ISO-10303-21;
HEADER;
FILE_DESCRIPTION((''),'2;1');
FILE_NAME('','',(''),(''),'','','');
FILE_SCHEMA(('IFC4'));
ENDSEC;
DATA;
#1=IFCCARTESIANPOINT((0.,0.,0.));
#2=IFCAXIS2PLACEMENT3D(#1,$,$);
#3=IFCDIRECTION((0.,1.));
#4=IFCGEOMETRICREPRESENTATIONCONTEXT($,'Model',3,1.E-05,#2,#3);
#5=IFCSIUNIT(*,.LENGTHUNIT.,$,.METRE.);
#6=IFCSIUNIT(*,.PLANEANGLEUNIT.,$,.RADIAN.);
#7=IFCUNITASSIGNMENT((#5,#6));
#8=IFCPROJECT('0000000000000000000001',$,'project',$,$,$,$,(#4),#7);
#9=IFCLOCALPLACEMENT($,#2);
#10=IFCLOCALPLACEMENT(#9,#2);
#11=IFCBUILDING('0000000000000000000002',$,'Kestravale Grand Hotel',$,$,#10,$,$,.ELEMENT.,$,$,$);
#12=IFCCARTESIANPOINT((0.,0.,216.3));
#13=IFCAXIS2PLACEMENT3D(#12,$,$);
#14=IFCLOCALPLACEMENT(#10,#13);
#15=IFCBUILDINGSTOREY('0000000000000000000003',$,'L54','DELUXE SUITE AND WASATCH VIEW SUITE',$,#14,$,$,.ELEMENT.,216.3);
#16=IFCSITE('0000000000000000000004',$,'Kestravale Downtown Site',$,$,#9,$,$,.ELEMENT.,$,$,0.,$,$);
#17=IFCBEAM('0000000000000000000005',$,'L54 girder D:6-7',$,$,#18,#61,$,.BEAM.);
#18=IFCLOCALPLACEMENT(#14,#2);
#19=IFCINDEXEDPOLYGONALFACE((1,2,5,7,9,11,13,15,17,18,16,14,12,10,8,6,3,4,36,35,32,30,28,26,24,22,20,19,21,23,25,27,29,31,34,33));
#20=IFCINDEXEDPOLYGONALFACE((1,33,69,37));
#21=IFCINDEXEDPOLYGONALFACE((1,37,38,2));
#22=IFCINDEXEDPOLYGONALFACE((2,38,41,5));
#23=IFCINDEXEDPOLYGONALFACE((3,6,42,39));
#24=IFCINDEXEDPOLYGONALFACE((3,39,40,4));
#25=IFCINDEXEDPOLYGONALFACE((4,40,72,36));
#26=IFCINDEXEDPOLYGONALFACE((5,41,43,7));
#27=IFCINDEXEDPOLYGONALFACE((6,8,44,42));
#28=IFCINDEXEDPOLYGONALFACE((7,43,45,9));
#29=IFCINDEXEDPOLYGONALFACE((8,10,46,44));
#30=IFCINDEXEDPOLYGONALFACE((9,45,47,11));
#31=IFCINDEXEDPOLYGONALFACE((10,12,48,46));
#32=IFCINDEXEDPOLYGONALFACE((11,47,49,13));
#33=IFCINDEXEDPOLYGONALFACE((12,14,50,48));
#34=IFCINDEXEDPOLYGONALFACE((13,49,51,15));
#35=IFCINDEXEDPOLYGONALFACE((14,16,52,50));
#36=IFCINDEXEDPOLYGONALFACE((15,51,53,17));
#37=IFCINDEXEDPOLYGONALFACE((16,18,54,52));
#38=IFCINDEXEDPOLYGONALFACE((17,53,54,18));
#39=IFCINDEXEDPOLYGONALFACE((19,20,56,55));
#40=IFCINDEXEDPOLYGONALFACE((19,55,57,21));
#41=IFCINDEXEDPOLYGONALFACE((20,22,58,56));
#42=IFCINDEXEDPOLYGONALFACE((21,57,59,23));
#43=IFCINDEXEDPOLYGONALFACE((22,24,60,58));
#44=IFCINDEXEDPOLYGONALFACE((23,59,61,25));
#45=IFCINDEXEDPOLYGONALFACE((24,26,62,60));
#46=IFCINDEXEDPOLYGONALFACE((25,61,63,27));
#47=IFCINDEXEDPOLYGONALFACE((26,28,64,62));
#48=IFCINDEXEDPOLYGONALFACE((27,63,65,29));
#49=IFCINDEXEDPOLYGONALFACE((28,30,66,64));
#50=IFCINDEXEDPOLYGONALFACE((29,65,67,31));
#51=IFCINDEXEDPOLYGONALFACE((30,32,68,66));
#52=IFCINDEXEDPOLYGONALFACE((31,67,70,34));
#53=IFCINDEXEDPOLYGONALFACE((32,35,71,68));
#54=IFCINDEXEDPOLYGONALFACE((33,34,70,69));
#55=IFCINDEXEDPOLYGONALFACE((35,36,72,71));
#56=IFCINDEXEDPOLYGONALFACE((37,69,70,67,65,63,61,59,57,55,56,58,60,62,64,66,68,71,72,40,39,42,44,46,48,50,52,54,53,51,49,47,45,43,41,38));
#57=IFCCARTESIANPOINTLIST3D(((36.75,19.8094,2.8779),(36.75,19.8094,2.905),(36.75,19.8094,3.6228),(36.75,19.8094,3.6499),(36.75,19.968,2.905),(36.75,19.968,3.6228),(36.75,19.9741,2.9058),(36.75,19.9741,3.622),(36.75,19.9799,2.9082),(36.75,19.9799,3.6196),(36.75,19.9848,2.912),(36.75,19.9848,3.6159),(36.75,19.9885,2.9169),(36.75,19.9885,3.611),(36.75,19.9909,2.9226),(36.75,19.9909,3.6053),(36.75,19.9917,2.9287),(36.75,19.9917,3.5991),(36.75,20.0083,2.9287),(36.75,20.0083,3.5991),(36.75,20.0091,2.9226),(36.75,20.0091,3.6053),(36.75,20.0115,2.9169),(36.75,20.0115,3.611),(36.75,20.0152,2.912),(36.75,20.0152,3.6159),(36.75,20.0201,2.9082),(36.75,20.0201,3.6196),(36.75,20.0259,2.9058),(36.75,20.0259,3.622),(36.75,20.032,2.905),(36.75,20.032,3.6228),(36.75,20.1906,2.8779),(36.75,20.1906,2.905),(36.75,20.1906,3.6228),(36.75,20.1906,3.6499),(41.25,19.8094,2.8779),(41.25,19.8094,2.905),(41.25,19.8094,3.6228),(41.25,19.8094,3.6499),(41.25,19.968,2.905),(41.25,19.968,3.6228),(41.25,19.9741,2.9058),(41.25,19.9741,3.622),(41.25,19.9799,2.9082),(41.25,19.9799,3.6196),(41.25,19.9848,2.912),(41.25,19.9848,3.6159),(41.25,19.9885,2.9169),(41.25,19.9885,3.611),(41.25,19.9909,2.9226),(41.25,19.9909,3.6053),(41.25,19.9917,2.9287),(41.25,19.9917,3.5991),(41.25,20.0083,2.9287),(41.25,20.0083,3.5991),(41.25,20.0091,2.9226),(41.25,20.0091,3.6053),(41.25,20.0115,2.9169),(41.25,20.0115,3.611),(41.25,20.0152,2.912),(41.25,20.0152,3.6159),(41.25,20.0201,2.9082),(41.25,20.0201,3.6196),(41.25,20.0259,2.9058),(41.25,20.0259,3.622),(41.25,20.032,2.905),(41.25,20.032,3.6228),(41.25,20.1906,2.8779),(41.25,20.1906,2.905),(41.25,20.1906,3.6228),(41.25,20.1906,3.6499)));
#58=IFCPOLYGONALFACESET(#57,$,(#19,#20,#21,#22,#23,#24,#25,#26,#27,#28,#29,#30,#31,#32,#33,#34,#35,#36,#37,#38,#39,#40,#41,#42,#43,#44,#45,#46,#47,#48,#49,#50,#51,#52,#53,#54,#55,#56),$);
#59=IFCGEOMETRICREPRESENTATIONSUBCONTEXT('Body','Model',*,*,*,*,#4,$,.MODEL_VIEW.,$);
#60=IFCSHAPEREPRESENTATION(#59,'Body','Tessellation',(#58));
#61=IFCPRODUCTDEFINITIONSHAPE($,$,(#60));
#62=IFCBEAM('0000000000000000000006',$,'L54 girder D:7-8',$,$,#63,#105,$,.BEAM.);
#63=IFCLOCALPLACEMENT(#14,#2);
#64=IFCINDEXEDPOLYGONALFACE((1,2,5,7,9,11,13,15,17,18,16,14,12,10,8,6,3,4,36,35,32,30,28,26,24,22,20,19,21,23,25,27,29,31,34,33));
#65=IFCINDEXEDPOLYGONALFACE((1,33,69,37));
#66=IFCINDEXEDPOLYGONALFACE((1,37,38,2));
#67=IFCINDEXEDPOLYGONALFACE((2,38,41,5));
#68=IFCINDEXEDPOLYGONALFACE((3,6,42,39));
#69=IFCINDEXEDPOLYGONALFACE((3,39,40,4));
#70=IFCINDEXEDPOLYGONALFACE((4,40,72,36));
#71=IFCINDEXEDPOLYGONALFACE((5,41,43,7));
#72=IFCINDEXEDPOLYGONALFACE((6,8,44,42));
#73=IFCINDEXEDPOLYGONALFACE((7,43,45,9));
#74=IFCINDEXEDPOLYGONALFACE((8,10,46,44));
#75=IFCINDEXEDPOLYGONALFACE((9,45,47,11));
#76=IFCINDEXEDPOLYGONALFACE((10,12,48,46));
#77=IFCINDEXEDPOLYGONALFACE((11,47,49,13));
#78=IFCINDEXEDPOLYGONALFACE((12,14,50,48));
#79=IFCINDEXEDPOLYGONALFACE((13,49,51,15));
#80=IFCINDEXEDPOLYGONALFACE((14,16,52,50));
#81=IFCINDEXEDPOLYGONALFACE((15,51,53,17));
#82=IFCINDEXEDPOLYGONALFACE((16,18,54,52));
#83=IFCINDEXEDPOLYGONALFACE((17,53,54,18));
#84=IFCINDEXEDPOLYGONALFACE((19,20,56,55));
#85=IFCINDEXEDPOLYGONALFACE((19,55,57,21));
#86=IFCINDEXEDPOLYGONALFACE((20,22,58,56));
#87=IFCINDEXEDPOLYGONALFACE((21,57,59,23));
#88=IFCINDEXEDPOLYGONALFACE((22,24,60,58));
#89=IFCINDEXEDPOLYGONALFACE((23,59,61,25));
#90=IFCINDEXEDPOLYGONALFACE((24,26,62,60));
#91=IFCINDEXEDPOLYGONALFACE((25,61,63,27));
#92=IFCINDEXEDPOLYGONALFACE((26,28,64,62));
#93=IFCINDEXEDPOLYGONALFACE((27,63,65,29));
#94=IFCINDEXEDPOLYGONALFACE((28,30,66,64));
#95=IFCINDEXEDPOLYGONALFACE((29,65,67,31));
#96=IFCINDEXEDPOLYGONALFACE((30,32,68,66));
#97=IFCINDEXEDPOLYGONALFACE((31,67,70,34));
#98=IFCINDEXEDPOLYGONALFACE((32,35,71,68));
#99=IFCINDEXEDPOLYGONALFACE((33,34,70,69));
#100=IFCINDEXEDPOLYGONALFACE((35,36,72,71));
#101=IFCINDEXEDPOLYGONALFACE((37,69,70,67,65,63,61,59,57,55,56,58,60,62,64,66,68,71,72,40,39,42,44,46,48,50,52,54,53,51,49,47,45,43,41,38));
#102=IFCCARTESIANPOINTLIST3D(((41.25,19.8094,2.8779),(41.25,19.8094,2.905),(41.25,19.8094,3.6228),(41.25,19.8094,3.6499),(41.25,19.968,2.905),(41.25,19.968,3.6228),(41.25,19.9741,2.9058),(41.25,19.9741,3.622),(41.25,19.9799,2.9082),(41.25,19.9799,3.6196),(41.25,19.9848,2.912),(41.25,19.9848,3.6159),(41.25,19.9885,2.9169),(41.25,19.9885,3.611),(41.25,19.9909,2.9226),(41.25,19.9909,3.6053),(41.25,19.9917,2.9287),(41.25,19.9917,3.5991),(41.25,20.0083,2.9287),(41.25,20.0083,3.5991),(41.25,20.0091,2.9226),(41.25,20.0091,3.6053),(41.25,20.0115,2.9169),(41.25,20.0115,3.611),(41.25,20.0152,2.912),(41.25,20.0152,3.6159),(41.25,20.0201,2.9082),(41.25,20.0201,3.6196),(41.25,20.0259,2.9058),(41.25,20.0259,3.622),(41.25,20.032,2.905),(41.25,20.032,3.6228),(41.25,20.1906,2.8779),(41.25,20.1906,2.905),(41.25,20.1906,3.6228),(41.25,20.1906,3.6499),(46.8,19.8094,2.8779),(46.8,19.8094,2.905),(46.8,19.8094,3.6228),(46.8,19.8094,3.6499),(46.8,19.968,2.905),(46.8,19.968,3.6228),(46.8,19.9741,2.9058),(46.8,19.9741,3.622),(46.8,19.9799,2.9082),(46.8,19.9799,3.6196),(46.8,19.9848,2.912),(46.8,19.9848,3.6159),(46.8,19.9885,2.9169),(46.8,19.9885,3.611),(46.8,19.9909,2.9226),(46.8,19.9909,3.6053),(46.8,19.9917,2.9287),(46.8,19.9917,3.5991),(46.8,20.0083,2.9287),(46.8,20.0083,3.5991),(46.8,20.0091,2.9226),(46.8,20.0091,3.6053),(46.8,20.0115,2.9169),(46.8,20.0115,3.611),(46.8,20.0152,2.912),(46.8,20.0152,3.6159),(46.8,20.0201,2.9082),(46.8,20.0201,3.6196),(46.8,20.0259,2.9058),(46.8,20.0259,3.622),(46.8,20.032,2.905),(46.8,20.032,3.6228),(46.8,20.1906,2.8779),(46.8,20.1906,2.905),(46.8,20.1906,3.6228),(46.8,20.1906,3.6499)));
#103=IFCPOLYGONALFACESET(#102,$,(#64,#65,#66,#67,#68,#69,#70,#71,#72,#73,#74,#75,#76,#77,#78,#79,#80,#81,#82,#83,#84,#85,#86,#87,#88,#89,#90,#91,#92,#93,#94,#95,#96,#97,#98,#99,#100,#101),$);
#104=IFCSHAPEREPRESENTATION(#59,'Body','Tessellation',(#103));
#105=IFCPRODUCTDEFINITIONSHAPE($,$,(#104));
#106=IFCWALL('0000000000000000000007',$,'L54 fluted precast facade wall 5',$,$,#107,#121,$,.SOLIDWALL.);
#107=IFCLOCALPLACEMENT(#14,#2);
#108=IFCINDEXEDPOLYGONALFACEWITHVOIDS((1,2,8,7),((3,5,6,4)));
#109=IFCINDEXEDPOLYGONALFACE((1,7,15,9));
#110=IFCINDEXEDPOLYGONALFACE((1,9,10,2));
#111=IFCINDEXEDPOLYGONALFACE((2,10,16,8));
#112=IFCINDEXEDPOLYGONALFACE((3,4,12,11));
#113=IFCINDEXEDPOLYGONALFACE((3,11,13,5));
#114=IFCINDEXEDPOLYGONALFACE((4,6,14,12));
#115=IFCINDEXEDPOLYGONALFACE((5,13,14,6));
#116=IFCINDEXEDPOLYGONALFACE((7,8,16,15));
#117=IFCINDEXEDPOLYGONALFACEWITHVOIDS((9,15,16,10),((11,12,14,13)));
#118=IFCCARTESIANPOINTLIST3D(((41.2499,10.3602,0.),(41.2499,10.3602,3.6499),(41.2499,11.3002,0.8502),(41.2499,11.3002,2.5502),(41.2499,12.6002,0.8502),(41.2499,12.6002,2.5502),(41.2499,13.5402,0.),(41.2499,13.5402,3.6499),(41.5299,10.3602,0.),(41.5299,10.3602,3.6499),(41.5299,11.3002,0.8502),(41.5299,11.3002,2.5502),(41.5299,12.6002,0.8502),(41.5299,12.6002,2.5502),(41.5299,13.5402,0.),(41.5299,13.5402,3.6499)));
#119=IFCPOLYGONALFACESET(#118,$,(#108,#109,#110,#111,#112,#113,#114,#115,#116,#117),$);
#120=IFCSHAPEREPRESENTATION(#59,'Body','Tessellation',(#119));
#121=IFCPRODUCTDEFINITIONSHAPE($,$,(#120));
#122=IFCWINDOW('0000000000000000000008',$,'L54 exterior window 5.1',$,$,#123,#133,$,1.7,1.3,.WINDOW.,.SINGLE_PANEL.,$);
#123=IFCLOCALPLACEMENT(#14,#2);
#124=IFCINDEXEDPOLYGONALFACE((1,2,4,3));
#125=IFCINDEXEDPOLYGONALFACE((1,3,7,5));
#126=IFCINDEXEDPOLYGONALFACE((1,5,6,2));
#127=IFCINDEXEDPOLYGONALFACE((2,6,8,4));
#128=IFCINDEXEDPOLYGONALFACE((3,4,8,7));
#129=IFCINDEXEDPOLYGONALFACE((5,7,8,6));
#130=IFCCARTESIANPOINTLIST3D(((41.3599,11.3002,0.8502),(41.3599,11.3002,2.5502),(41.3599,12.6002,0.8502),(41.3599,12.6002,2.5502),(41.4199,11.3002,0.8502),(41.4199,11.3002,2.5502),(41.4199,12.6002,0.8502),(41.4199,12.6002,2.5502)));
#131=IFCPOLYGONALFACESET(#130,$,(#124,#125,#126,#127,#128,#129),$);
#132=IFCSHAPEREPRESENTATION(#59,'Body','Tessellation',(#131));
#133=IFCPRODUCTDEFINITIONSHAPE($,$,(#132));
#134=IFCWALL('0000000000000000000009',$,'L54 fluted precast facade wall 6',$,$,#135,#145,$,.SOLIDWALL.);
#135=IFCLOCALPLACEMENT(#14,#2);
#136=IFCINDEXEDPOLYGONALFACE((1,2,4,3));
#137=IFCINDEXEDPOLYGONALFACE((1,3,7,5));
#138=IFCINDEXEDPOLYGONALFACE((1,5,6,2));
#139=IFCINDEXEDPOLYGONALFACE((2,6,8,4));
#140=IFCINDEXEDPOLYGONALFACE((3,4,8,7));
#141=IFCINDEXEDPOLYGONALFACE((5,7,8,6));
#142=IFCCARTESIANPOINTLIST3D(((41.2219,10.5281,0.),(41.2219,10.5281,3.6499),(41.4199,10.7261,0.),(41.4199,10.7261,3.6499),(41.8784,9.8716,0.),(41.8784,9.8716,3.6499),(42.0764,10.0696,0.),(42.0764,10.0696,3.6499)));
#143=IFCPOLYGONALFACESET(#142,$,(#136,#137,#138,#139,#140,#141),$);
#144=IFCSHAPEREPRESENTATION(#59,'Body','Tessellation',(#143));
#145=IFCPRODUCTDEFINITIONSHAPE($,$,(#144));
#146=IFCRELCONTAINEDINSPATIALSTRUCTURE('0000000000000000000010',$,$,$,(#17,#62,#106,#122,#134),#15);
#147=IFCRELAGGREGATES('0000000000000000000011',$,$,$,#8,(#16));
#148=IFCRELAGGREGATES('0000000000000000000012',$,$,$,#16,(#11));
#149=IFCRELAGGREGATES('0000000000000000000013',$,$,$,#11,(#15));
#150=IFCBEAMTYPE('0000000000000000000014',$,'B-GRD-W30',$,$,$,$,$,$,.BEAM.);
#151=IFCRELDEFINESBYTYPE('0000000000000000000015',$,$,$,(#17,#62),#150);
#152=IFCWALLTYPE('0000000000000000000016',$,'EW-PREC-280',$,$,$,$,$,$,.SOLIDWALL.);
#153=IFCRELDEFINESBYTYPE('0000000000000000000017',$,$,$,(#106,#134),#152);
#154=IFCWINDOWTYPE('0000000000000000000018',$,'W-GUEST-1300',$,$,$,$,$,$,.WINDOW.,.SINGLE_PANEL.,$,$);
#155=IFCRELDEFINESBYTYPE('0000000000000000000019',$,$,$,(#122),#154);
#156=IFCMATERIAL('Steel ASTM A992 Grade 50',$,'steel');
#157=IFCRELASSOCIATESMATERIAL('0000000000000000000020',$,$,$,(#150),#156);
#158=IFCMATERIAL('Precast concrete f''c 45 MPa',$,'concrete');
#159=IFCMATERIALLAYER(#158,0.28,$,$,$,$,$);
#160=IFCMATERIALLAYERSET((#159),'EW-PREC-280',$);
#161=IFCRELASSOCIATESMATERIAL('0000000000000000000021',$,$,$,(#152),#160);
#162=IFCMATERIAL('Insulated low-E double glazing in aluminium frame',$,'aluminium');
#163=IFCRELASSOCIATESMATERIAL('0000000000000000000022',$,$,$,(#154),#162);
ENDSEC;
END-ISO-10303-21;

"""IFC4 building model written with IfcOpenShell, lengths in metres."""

from ifc_helpers import new_model, si_unit, direction, frame, frame_2d, origin, origin_2d, place, context, subcontext, project, spatial, rectangle, i_section, extrude, material, layer, layer_set, material_profile, profile_set, type_object, element, fill, save


model = new_model("IFC4")

# Units and contexts
model_context = context("Model", 3, precision=1e-05, world=origin(), true_north=direction((0.0, 1.0)))
body_context = subcontext(model_context, "Body", "Model", "MODEL_VIEW")
ifc_project = project(units=[si_unit("LENGTHUNIT", "METRE"), si_unit("PLANEANGLEUNIT", "RADIAN")], contexts=[model_context])

# Site, building, storey
site_placement = place(None, origin())
site = spatial("IfcSite", under=ifc_project, at=site_placement, Name="Kestravale Downtown Site", CompositionType="ELEMENT", RefElevation=0.0)
building_placement = place(site_placement, origin())
building = spatial("IfcBuilding", under=site, at=building_placement, Name="Kestravale Grand Hotel", CompositionType="ELEMENT")
storey_placement = place(building_placement, frame((0.0, 0.0, 216.3)))
storey = spatial("IfcBuildingStorey", under=building, at=storey_placement, Name="L54", Description="DELUXE SUITE AND WASATCH VIEW SUITE", CompositionType="ELEMENT", Elevation=216.3)

# Beams
ifc_material_1 = material(Name="Steel ASTM A992 Grade 50", Category="steel")
ifc_material_profile_1 = material_profile(ifc_material_1, i_section(OverallWidth=0.3811, OverallDepth=0.772, WebThickness=0.0166, FlangeThickness=0.0271, FilletRadius=0.0237, at=origin_2d()))
ifc_profile_set_1 = profile_set([ifc_material_profile_1], Name="Steel ASTM A992 Grade 50")
beam_type_1 = type_object("IfcBeamType", Name="B-GRD-W30", PredefinedType="BEAM", material=ifc_profile_set_1)
beam_1_placement = place(storey_placement, frame((36.75, 20.0, 3.2639), z_axis=(1.0, 0.0, 0.0), x_axis=(0.0, 1.0, 0.0)))
element("IfcBeam", 1, at=beam_1_placement, inside=storey, type_object=beam_type_1, Name="L54 girder D:6-7", PredefinedType="BEAM", context=body_context, shape_type="SweptSolid", body=[
    extrude(i_section(OverallWidth=0.3811, OverallDepth=0.772, WebThickness=0.0166, FlangeThickness=0.0271, FilletRadius=0.0237, at=origin_2d()), origin(), (0.0, 0.0, 1.0), 4.5),
])
beam_2_placement = place(storey_placement, frame((41.25, 20.0, 3.2639), z_axis=(1.0, 0.0, 0.0), x_axis=(0.0, 1.0, 0.0)))
element("IfcBeam", 2, at=beam_2_placement, inside=storey, type_object=beam_type_1, Name="L54 girder D:7-8", PredefinedType="BEAM", context=body_context, shape_type="SweptSolid", body=[
    extrude(i_section(OverallWidth=0.3811, OverallDepth=0.772, WebThickness=0.0166, FlangeThickness=0.0271, FilletRadius=0.0237, at=origin_2d()), origin(), (0.0, 0.0, 1.0), 5.55),
])

# Wall, opening, window
ifc_material_2 = material(Name="Precast concrete f'c 45 MPa", Category="concrete")
ifc_layer_1 = layer(ifc_material_2, 0.28)
ifc_layer_set_1 = layer_set([ifc_layer_1], Name="EW-PREC-280")
wall_type_1 = type_object("IfcWallType", Name="EW-PREC-280", PredefinedType="SOLIDWALL", material=ifc_layer_set_1)
wall_1_placement = place(storey_placement, frame((41.3899, 13.54, 0.0), z_axis=(0.0, 0.0, 1.0), x_axis=(0.0, -1.0, 0.0)))
wall_1 = element("IfcWall", 3, at=wall_1_placement, inside=storey, type_object=wall_type_1, Name="L54 fluted precast facade wall 5", PredefinedType="SOLIDWALL", context=body_context, shape_type="SweptSolid", body=[
    extrude(rectangle(XDim=3.1799, YDim=0.28, at=frame_2d((1.5898, 0.0))), origin(), (0.0, 0.0, 1.0), 3.6499),
])
opening_1_placement = place(wall_1_placement, frame((0.9399, 0.0, 0.8501)))
opening_1 = element("IfcOpeningElement", 4, at=opening_1_placement, cuts=wall_1, PredefinedType="OPENING", context=body_context, shape_type="SweptSolid", body=[
    extrude(rectangle(XDim=1.3, YDim=1.7, at=frame_2d((0.6499, 0.8501))), frame((0.0, 0.1499, 0.0), z_axis=(0.0, -1.0, 0.0), x_axis=(1.0, 0.0, 0.0)), (0.0, 0.0, 1.0), 0.3),
])
ifc_material_3 = material(Name="Insulated low-E double glazing in aluminium frame", Category="aluminium")
window_type = type_object("IfcWindowType", Name="W-GUEST-1300", PartitioningType="SINGLE_PANEL", PredefinedType="WINDOW", material=ifc_material_3)
window_1_placement = place(opening_1_placement, origin())
window_1 = element("IfcWindow", 5, at=window_1_placement, inside=storey, type_object=window_type, Name="L54 exterior window 5.1", OverallHeight=1.7, OverallWidth=1.3, PartitioningType="SINGLE_PANEL", PredefinedType="WINDOW", context=body_context, shape_type="SweptSolid", body=[
    extrude(rectangle(XDim=1.3, YDim=1.7, at=frame_2d((0.6499, 0.8501))), frame((0.0, 0.03, 0.0), z_axis=(0.0, -1.0, 0.0), x_axis=(1.0, 0.0, 0.0)), (0.0, 0.0, 1.0), 0.0601),
])
fill(opening_1, window_1)

# Wall
wall_2_placement = place(storey_placement, frame((41.3208, 10.6272, 0.0), z_axis=(0.0, 0.0, 1.0), x_axis=(0.707107, -0.707107, 0.0)))
element("IfcWall", 6, at=wall_2_placement, inside=storey, type_object=wall_type_1, Name="L54 fluted precast facade wall 6", PredefinedType="SOLIDWALL", context=body_context, shape_type="SweptSolid", body=[
    extrude(rectangle(XDim=0.9285, YDim=0.28, at=frame_2d((0.4644, 0.0))), origin(), (0.0, 0.0, 1.0), 3.6499),
])

save(model, "model.ifc")
